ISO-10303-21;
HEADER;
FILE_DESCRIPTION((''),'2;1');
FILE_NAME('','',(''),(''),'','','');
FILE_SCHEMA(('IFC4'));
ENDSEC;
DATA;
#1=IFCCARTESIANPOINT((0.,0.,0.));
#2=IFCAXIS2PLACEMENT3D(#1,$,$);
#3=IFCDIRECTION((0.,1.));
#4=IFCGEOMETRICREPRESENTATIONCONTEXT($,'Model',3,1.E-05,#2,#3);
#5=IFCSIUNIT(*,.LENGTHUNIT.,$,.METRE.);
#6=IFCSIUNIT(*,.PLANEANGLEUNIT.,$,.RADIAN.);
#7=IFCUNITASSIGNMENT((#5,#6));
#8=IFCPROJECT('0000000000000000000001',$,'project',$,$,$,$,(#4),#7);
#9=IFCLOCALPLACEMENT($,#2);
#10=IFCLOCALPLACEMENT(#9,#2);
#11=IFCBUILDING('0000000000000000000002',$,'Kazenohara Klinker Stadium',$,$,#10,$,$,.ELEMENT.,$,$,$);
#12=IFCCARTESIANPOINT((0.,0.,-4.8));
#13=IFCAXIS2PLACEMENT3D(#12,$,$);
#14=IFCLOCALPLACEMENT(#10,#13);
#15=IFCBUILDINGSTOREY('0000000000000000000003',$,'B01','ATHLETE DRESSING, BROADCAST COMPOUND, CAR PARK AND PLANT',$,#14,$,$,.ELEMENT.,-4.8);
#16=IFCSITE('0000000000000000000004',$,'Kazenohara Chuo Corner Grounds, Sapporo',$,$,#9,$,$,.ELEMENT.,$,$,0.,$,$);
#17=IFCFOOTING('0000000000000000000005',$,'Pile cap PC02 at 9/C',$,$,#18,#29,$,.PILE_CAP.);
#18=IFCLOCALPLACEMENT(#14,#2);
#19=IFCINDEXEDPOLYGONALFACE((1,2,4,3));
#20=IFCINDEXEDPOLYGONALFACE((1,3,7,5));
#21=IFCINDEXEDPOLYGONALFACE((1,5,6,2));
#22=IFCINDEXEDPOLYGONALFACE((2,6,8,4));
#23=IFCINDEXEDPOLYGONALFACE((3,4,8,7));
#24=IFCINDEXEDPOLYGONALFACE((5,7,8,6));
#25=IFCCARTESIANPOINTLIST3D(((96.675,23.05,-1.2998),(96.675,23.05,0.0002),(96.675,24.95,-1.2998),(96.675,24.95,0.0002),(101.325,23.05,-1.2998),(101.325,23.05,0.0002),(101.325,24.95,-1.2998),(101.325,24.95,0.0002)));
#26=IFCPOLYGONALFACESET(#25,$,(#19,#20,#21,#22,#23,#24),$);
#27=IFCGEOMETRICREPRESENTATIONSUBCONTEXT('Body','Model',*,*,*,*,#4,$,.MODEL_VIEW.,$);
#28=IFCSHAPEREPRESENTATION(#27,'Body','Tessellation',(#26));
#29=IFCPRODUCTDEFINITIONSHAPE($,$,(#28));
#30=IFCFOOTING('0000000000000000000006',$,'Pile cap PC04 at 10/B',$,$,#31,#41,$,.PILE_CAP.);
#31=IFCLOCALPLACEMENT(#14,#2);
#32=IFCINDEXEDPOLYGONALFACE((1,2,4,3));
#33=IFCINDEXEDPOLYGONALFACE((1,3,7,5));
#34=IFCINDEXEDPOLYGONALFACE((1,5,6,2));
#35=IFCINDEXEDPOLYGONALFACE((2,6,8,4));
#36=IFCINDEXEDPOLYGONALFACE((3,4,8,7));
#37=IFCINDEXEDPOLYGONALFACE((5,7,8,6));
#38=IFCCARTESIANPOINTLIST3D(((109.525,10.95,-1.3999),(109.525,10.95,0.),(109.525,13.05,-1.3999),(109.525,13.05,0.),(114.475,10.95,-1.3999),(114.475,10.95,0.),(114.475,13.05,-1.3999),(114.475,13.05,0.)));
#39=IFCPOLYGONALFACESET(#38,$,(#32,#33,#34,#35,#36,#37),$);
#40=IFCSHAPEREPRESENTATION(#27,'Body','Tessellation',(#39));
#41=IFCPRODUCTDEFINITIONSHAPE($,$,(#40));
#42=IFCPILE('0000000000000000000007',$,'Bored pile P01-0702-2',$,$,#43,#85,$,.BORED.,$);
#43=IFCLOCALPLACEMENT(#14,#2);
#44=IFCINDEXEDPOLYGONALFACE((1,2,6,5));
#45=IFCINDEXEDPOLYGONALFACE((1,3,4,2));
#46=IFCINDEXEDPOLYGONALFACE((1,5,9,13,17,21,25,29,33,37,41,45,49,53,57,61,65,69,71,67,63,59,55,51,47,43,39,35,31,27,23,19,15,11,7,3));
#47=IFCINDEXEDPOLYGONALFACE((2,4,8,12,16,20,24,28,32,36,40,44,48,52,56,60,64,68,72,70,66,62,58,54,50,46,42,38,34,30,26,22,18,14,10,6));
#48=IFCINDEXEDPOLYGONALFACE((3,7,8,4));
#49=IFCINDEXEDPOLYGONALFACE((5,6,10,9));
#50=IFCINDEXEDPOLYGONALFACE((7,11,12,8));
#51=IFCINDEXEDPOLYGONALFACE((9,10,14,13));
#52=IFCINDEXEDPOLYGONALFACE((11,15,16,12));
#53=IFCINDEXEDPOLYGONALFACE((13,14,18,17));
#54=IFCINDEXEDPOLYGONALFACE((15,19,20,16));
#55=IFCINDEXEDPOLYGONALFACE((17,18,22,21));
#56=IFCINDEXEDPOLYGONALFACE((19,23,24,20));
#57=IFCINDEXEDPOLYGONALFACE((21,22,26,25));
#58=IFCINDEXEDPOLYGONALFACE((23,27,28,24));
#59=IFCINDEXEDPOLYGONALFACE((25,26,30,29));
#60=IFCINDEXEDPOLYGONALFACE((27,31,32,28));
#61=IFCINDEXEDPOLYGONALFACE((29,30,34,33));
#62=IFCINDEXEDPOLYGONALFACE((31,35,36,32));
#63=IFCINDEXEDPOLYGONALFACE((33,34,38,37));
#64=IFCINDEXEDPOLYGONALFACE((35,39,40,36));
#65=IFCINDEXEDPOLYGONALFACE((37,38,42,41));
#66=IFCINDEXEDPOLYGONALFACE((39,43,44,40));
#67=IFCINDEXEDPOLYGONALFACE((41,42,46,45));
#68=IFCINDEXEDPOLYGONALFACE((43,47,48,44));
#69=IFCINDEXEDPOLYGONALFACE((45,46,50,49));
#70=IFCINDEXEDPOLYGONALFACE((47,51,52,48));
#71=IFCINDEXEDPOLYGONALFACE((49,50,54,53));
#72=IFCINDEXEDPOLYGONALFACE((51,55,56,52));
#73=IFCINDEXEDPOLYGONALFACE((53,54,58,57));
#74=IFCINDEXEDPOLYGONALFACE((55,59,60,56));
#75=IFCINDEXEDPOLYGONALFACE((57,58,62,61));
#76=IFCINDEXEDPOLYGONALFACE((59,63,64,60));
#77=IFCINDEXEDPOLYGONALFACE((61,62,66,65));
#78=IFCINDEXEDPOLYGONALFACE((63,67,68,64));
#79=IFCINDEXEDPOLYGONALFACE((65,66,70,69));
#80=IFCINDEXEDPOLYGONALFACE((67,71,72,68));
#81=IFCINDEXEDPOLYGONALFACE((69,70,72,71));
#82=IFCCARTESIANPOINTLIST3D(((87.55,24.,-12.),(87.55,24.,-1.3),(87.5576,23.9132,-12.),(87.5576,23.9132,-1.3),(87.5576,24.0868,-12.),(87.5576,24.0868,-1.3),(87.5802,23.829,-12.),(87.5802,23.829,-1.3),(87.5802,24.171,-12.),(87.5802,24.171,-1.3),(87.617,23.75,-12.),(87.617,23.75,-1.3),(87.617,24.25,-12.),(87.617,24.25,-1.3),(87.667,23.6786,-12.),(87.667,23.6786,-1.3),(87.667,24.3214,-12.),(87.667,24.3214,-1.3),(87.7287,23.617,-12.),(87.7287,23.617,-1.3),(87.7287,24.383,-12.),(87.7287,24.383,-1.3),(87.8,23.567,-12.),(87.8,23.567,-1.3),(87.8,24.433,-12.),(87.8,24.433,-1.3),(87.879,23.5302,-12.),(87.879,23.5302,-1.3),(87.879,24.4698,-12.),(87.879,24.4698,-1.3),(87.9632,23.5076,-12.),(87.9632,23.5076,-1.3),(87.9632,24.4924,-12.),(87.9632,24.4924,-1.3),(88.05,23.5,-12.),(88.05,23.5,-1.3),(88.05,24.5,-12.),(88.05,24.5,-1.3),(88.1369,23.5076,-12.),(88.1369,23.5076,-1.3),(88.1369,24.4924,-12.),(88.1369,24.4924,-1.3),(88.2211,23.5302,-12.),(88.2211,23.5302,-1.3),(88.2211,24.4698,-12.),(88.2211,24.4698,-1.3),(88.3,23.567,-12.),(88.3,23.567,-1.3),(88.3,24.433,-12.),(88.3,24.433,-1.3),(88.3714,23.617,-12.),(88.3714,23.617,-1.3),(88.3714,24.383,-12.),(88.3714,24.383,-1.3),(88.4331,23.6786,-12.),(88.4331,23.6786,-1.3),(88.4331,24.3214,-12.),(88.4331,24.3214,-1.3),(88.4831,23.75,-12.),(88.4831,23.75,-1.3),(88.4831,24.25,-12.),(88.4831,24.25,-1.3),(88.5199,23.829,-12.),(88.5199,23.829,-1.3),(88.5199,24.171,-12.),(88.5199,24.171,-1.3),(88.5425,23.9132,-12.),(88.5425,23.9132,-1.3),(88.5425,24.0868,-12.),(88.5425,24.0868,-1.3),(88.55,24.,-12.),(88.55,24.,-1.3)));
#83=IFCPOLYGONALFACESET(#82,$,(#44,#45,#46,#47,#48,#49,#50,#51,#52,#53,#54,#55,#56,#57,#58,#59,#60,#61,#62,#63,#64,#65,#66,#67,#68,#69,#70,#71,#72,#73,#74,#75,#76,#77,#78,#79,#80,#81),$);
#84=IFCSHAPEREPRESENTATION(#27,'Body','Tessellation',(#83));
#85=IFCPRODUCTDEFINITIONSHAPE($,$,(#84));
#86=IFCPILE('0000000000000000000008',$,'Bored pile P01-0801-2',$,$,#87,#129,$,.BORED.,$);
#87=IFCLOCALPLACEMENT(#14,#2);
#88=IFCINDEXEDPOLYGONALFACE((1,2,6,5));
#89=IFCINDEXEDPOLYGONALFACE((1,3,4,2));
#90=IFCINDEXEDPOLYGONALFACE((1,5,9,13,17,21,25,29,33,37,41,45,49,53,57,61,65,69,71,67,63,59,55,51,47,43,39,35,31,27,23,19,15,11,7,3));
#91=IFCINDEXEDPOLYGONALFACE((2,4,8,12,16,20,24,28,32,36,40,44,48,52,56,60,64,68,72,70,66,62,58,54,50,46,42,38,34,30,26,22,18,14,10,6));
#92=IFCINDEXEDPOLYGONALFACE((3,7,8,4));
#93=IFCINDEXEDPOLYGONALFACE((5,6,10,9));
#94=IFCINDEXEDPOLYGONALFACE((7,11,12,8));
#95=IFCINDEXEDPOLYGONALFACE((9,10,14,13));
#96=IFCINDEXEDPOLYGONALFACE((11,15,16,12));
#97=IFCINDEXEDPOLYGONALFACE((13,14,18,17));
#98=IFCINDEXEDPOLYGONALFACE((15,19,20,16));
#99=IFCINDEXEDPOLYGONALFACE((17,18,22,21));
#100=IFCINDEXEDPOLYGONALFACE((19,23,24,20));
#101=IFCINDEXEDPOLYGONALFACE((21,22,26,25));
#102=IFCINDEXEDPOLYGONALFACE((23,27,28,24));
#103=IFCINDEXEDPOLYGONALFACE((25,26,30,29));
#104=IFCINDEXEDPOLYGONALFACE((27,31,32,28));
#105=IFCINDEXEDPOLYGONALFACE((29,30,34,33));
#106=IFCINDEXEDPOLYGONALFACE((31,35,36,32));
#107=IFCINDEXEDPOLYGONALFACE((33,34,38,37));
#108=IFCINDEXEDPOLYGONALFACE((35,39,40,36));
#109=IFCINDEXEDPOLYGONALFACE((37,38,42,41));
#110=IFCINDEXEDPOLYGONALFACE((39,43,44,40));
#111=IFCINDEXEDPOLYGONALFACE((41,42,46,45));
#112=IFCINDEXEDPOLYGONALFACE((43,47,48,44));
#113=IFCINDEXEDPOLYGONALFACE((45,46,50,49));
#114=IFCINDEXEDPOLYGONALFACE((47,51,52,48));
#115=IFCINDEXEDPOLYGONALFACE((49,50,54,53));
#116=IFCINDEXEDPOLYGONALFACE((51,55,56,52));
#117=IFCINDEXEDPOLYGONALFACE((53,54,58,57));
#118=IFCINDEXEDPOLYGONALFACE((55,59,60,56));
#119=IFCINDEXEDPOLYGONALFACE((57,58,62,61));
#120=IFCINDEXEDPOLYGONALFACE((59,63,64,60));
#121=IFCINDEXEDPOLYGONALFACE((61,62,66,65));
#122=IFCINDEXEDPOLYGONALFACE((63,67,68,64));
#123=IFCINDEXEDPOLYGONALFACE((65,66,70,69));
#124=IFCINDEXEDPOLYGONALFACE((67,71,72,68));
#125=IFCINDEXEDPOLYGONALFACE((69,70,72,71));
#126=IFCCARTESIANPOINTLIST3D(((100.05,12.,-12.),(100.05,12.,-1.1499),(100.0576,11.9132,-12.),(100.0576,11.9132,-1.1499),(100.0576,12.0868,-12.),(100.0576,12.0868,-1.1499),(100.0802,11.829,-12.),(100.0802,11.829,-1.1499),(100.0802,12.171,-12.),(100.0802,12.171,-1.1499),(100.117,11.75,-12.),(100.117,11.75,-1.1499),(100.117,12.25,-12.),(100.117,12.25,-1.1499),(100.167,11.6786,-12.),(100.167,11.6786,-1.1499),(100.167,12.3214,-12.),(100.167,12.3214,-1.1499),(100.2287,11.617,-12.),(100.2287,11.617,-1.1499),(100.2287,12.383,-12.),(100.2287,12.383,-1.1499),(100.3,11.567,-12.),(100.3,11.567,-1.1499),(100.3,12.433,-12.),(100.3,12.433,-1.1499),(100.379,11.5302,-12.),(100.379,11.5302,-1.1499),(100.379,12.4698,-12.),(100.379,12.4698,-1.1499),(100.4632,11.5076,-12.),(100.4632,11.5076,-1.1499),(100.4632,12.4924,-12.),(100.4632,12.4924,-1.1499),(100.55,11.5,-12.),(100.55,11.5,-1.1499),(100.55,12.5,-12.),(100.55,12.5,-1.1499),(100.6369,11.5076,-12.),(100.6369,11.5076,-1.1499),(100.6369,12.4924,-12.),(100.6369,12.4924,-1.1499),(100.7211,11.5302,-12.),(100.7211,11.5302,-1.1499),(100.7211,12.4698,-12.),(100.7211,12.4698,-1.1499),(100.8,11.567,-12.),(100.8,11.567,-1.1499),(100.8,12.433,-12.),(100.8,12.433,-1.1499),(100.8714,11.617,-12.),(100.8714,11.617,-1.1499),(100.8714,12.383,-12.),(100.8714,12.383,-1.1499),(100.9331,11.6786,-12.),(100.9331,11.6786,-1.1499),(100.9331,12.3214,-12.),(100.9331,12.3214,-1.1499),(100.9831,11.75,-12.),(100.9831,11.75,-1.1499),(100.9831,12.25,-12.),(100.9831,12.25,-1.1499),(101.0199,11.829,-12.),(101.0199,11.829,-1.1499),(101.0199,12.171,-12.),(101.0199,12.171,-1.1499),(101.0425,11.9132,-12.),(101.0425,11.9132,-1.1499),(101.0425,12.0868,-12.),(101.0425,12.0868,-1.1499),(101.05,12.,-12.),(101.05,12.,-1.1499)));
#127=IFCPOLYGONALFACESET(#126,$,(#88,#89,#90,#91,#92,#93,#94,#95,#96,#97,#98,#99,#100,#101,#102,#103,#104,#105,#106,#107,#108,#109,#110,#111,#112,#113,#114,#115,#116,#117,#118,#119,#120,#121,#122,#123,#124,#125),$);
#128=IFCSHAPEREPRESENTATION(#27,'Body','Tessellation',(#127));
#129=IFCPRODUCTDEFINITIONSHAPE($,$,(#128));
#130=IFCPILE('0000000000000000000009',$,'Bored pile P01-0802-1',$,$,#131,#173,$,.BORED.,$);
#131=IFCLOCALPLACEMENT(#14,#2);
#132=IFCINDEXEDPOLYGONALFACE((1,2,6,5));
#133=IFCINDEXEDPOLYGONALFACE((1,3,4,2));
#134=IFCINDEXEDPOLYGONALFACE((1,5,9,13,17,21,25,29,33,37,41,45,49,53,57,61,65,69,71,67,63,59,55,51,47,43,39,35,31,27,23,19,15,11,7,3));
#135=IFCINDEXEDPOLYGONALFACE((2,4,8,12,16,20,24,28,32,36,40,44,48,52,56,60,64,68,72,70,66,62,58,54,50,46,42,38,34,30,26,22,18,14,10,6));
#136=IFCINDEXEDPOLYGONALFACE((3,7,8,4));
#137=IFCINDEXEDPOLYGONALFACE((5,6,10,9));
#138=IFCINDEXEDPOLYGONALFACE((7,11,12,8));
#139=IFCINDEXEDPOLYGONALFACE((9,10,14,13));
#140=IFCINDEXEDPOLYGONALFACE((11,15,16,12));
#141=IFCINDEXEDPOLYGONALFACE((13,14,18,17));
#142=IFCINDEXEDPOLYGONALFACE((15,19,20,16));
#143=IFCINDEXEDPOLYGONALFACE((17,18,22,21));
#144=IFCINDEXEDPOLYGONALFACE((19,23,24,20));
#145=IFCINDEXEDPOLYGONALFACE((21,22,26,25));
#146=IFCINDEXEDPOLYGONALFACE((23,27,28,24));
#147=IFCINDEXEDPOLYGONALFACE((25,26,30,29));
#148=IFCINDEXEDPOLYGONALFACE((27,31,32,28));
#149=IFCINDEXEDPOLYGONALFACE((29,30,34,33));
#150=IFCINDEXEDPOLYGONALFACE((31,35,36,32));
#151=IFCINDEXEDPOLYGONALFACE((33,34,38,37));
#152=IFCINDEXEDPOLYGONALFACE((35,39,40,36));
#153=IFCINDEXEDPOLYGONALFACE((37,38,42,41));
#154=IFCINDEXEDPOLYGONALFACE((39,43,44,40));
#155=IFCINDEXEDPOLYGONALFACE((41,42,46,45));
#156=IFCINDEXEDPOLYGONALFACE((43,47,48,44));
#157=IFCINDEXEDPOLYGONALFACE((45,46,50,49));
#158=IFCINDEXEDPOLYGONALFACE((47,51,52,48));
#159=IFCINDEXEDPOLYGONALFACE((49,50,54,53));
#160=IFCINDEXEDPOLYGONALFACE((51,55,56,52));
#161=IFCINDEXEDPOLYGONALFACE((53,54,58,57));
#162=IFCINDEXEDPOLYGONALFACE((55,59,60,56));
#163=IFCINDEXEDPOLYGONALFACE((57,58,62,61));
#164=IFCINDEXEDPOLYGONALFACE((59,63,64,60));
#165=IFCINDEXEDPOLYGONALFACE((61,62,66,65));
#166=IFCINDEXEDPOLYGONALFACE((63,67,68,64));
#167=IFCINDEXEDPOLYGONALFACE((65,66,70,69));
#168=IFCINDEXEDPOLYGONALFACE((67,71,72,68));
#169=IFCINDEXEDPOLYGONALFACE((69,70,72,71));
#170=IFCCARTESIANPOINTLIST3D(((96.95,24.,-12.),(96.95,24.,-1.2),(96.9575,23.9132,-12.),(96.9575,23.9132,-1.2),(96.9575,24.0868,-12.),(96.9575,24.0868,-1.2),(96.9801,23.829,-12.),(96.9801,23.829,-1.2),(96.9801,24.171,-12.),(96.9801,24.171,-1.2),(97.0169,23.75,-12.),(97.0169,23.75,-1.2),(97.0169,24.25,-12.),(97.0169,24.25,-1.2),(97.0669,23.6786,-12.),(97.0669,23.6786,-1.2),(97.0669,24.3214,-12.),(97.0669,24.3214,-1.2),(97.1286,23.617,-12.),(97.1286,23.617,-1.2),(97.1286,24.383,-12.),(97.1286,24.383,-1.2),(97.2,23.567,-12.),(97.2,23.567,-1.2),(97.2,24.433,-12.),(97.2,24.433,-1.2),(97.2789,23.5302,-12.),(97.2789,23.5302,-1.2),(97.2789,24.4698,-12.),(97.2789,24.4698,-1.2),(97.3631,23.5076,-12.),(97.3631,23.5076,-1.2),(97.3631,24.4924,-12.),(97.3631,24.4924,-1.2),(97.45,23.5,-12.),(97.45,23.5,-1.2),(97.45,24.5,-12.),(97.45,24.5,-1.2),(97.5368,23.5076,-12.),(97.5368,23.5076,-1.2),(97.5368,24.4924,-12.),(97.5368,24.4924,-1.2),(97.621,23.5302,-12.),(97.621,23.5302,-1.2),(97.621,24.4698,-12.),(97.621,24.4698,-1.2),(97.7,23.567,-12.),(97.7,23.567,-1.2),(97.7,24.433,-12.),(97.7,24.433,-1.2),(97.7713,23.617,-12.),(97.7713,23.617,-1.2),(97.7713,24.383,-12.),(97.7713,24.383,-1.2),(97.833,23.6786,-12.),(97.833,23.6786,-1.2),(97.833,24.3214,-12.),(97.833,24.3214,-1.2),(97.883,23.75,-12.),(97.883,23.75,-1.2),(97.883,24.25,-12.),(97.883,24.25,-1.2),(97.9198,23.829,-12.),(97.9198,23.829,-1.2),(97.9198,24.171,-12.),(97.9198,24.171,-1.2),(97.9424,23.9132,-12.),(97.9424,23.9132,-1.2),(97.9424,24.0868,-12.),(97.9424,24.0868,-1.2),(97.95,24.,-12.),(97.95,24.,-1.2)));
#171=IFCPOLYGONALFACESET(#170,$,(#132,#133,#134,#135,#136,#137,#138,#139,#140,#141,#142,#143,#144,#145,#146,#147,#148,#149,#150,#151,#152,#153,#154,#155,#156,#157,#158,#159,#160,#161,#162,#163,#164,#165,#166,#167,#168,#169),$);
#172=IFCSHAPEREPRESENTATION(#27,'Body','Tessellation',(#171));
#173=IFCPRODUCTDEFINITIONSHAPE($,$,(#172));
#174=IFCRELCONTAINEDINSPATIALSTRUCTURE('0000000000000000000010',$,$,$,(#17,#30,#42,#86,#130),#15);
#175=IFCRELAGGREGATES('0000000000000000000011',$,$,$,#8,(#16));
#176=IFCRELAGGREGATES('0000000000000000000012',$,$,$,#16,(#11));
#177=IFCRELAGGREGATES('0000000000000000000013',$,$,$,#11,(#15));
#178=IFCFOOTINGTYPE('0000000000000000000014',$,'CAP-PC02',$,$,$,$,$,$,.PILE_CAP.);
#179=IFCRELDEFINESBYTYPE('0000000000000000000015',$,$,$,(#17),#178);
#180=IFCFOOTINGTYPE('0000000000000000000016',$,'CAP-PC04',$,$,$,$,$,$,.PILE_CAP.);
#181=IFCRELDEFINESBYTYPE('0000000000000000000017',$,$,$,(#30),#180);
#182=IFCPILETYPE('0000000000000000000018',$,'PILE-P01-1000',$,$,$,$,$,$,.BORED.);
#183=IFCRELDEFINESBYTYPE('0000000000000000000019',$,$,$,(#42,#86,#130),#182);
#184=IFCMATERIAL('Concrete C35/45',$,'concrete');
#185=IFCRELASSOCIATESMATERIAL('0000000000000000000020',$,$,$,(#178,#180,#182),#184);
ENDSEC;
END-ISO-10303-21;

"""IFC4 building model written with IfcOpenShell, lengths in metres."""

from ifc_helpers import new_model, si_unit, direction, frame, origin, origin_2d, place, context, subcontext, project, spatial, rectangle, circle, extrude, material, material_profile, profile_set, type_object, element, save


model = new_model("IFC4")

# Units and contexts
model_context = context("Model", 3, precision=1e-05, world=origin(), true_north=direction((0.0, 1.0)))
body_context = subcontext(model_context, "Body", "Model", "MODEL_VIEW")
ifc_project = project(units=[si_unit("LENGTHUNIT", "METRE"), si_unit("PLANEANGLEUNIT", "RADIAN")], contexts=[model_context])

# Site, building, storey
site_placement = place(None, origin())
site = spatial("IfcSite", under=ifc_project, at=site_placement, Name="Kazenohara Chuo Corner Grounds, Sapporo", CompositionType="ELEMENT", RefElevation=0.0)
building_placement = place(site_placement, origin())
building = spatial("IfcBuilding", under=site, at=building_placement, Name="Kazenohara Klinker Stadium", CompositionType="ELEMENT")
storey_placement = place(building_placement, frame((0.0, 0.0, -4.8)))
storey = spatial("IfcBuildingStorey", under=building, at=storey_placement, Name="B01", Description="ATHLETE DRESSING, BROADCAST COMPOUND, CAR PARK AND PLANT", CompositionType="ELEMENT", Elevation=-4.8)

# Footings
ifc_material_1 = material(Name="Concrete C35/45", Category="concrete")
footing_type_1 = type_object("IfcFootingType", Name="CAP-PC02", PredefinedType="PILE_CAP", material=ifc_material_1)
footing_1_placement = place(storey_placement, frame((99.0, 24.0, -1.2998), z_axis=(0.0, 0.0, 1.0), x_axis=(1.0, 0.0, 0.0)))
element("IfcFooting", 1, at=footing_1_placement, inside=storey, type_object=footing_type_1, Name="Pile cap PC02 at 9/C", PredefinedType="PILE_CAP", context=body_context, shape_type="SweptSolid", body=[
    extrude(rectangle(XDim=4.6499, YDim=1.8999, at=origin_2d()), origin(), (0.0, 0.0, 1.0), 1.3),
])
footing_type_2 = type_object("IfcFootingType", Name="CAP-PC04", PredefinedType="PILE_CAP", material=ifc_material_1)
footing_2_placement = place(storey_placement, frame((112.0, 12.0, -1.3999), z_axis=(0.0, 0.0, 1.0), x_axis=(1.0, 0.0, 0.0)))
element("IfcFooting", 2, at=footing_2_placement, inside=storey, type_object=footing_type_2, Name="Pile cap PC04 at 10/B", PredefinedType="PILE_CAP", context=body_context, shape_type="SweptSolid", body=[
    extrude(rectangle(XDim=4.95, YDim=2.1001, at=origin_2d()), origin(), (0.0, 0.0, 1.0), 1.3999),
])

# Piles
ifc_material_profile_1 = material_profile(ifc_material_1, circle(Radius=0.5, at=origin_2d()), Name="BORED-PILE-1000")
ifc_profile_set_1 = profile_set([ifc_material_profile_1], Name="Concrete C35/45")
pile_type = type_object("IfcPileType", Name="PILE-P01-1000", PredefinedType="BORED", material=ifc_profile_set_1)
pile_1_placement = place(storey_placement, frame((88.05, 24.0, -1.3), z_axis=(0.0, 0.0, -1.0), x_axis=(1.0, 0.0, 0.0)))
element("IfcPile", 3, at=pile_1_placement, inside=storey, type_object=pile_type, Name="Bored pile P01-0702-2", PredefinedType="BORED", context=body_context, shape_type="SweptSolid", body=[
    extrude(circle(Radius=0.5, at=origin_2d()), origin(), (0.0, 0.0, 1.0), 10.7),
])
pile_2_placement = place(storey_placement, frame((100.55, 12.0, -1.1499), z_axis=(0.0, 0.0, -1.0), x_axis=(1.0, 0.0, 0.0)))
element("IfcPile", 4, at=pile_2_placement, inside=storey, type_object=pile_type, Name="Bored pile P01-0801-2", PredefinedType="BORED", context=body_context, shape_type="SweptSolid", body=[
    extrude(circle(Radius=0.5, at=origin_2d()), origin(), (0.0, 0.0, 1.0), 10.8501),
])
pile_3_placement = place(storey_placement, frame((97.45, 24.0, -1.2), z_axis=(0.0, 0.0, -1.0), x_axis=(1.0, 0.0, 0.0)))
element("IfcPile", 5, at=pile_3_placement, inside=storey, type_object=pile_type, Name="Bored pile P01-0802-1", PredefinedType="BORED", context=body_context, shape_type="SweptSolid", body=[
    extrude(circle(Radius=0.5, at=origin_2d()), origin(), (0.0, 0.0, 1.0), 10.8),
])

save(model, "model.ifc")
